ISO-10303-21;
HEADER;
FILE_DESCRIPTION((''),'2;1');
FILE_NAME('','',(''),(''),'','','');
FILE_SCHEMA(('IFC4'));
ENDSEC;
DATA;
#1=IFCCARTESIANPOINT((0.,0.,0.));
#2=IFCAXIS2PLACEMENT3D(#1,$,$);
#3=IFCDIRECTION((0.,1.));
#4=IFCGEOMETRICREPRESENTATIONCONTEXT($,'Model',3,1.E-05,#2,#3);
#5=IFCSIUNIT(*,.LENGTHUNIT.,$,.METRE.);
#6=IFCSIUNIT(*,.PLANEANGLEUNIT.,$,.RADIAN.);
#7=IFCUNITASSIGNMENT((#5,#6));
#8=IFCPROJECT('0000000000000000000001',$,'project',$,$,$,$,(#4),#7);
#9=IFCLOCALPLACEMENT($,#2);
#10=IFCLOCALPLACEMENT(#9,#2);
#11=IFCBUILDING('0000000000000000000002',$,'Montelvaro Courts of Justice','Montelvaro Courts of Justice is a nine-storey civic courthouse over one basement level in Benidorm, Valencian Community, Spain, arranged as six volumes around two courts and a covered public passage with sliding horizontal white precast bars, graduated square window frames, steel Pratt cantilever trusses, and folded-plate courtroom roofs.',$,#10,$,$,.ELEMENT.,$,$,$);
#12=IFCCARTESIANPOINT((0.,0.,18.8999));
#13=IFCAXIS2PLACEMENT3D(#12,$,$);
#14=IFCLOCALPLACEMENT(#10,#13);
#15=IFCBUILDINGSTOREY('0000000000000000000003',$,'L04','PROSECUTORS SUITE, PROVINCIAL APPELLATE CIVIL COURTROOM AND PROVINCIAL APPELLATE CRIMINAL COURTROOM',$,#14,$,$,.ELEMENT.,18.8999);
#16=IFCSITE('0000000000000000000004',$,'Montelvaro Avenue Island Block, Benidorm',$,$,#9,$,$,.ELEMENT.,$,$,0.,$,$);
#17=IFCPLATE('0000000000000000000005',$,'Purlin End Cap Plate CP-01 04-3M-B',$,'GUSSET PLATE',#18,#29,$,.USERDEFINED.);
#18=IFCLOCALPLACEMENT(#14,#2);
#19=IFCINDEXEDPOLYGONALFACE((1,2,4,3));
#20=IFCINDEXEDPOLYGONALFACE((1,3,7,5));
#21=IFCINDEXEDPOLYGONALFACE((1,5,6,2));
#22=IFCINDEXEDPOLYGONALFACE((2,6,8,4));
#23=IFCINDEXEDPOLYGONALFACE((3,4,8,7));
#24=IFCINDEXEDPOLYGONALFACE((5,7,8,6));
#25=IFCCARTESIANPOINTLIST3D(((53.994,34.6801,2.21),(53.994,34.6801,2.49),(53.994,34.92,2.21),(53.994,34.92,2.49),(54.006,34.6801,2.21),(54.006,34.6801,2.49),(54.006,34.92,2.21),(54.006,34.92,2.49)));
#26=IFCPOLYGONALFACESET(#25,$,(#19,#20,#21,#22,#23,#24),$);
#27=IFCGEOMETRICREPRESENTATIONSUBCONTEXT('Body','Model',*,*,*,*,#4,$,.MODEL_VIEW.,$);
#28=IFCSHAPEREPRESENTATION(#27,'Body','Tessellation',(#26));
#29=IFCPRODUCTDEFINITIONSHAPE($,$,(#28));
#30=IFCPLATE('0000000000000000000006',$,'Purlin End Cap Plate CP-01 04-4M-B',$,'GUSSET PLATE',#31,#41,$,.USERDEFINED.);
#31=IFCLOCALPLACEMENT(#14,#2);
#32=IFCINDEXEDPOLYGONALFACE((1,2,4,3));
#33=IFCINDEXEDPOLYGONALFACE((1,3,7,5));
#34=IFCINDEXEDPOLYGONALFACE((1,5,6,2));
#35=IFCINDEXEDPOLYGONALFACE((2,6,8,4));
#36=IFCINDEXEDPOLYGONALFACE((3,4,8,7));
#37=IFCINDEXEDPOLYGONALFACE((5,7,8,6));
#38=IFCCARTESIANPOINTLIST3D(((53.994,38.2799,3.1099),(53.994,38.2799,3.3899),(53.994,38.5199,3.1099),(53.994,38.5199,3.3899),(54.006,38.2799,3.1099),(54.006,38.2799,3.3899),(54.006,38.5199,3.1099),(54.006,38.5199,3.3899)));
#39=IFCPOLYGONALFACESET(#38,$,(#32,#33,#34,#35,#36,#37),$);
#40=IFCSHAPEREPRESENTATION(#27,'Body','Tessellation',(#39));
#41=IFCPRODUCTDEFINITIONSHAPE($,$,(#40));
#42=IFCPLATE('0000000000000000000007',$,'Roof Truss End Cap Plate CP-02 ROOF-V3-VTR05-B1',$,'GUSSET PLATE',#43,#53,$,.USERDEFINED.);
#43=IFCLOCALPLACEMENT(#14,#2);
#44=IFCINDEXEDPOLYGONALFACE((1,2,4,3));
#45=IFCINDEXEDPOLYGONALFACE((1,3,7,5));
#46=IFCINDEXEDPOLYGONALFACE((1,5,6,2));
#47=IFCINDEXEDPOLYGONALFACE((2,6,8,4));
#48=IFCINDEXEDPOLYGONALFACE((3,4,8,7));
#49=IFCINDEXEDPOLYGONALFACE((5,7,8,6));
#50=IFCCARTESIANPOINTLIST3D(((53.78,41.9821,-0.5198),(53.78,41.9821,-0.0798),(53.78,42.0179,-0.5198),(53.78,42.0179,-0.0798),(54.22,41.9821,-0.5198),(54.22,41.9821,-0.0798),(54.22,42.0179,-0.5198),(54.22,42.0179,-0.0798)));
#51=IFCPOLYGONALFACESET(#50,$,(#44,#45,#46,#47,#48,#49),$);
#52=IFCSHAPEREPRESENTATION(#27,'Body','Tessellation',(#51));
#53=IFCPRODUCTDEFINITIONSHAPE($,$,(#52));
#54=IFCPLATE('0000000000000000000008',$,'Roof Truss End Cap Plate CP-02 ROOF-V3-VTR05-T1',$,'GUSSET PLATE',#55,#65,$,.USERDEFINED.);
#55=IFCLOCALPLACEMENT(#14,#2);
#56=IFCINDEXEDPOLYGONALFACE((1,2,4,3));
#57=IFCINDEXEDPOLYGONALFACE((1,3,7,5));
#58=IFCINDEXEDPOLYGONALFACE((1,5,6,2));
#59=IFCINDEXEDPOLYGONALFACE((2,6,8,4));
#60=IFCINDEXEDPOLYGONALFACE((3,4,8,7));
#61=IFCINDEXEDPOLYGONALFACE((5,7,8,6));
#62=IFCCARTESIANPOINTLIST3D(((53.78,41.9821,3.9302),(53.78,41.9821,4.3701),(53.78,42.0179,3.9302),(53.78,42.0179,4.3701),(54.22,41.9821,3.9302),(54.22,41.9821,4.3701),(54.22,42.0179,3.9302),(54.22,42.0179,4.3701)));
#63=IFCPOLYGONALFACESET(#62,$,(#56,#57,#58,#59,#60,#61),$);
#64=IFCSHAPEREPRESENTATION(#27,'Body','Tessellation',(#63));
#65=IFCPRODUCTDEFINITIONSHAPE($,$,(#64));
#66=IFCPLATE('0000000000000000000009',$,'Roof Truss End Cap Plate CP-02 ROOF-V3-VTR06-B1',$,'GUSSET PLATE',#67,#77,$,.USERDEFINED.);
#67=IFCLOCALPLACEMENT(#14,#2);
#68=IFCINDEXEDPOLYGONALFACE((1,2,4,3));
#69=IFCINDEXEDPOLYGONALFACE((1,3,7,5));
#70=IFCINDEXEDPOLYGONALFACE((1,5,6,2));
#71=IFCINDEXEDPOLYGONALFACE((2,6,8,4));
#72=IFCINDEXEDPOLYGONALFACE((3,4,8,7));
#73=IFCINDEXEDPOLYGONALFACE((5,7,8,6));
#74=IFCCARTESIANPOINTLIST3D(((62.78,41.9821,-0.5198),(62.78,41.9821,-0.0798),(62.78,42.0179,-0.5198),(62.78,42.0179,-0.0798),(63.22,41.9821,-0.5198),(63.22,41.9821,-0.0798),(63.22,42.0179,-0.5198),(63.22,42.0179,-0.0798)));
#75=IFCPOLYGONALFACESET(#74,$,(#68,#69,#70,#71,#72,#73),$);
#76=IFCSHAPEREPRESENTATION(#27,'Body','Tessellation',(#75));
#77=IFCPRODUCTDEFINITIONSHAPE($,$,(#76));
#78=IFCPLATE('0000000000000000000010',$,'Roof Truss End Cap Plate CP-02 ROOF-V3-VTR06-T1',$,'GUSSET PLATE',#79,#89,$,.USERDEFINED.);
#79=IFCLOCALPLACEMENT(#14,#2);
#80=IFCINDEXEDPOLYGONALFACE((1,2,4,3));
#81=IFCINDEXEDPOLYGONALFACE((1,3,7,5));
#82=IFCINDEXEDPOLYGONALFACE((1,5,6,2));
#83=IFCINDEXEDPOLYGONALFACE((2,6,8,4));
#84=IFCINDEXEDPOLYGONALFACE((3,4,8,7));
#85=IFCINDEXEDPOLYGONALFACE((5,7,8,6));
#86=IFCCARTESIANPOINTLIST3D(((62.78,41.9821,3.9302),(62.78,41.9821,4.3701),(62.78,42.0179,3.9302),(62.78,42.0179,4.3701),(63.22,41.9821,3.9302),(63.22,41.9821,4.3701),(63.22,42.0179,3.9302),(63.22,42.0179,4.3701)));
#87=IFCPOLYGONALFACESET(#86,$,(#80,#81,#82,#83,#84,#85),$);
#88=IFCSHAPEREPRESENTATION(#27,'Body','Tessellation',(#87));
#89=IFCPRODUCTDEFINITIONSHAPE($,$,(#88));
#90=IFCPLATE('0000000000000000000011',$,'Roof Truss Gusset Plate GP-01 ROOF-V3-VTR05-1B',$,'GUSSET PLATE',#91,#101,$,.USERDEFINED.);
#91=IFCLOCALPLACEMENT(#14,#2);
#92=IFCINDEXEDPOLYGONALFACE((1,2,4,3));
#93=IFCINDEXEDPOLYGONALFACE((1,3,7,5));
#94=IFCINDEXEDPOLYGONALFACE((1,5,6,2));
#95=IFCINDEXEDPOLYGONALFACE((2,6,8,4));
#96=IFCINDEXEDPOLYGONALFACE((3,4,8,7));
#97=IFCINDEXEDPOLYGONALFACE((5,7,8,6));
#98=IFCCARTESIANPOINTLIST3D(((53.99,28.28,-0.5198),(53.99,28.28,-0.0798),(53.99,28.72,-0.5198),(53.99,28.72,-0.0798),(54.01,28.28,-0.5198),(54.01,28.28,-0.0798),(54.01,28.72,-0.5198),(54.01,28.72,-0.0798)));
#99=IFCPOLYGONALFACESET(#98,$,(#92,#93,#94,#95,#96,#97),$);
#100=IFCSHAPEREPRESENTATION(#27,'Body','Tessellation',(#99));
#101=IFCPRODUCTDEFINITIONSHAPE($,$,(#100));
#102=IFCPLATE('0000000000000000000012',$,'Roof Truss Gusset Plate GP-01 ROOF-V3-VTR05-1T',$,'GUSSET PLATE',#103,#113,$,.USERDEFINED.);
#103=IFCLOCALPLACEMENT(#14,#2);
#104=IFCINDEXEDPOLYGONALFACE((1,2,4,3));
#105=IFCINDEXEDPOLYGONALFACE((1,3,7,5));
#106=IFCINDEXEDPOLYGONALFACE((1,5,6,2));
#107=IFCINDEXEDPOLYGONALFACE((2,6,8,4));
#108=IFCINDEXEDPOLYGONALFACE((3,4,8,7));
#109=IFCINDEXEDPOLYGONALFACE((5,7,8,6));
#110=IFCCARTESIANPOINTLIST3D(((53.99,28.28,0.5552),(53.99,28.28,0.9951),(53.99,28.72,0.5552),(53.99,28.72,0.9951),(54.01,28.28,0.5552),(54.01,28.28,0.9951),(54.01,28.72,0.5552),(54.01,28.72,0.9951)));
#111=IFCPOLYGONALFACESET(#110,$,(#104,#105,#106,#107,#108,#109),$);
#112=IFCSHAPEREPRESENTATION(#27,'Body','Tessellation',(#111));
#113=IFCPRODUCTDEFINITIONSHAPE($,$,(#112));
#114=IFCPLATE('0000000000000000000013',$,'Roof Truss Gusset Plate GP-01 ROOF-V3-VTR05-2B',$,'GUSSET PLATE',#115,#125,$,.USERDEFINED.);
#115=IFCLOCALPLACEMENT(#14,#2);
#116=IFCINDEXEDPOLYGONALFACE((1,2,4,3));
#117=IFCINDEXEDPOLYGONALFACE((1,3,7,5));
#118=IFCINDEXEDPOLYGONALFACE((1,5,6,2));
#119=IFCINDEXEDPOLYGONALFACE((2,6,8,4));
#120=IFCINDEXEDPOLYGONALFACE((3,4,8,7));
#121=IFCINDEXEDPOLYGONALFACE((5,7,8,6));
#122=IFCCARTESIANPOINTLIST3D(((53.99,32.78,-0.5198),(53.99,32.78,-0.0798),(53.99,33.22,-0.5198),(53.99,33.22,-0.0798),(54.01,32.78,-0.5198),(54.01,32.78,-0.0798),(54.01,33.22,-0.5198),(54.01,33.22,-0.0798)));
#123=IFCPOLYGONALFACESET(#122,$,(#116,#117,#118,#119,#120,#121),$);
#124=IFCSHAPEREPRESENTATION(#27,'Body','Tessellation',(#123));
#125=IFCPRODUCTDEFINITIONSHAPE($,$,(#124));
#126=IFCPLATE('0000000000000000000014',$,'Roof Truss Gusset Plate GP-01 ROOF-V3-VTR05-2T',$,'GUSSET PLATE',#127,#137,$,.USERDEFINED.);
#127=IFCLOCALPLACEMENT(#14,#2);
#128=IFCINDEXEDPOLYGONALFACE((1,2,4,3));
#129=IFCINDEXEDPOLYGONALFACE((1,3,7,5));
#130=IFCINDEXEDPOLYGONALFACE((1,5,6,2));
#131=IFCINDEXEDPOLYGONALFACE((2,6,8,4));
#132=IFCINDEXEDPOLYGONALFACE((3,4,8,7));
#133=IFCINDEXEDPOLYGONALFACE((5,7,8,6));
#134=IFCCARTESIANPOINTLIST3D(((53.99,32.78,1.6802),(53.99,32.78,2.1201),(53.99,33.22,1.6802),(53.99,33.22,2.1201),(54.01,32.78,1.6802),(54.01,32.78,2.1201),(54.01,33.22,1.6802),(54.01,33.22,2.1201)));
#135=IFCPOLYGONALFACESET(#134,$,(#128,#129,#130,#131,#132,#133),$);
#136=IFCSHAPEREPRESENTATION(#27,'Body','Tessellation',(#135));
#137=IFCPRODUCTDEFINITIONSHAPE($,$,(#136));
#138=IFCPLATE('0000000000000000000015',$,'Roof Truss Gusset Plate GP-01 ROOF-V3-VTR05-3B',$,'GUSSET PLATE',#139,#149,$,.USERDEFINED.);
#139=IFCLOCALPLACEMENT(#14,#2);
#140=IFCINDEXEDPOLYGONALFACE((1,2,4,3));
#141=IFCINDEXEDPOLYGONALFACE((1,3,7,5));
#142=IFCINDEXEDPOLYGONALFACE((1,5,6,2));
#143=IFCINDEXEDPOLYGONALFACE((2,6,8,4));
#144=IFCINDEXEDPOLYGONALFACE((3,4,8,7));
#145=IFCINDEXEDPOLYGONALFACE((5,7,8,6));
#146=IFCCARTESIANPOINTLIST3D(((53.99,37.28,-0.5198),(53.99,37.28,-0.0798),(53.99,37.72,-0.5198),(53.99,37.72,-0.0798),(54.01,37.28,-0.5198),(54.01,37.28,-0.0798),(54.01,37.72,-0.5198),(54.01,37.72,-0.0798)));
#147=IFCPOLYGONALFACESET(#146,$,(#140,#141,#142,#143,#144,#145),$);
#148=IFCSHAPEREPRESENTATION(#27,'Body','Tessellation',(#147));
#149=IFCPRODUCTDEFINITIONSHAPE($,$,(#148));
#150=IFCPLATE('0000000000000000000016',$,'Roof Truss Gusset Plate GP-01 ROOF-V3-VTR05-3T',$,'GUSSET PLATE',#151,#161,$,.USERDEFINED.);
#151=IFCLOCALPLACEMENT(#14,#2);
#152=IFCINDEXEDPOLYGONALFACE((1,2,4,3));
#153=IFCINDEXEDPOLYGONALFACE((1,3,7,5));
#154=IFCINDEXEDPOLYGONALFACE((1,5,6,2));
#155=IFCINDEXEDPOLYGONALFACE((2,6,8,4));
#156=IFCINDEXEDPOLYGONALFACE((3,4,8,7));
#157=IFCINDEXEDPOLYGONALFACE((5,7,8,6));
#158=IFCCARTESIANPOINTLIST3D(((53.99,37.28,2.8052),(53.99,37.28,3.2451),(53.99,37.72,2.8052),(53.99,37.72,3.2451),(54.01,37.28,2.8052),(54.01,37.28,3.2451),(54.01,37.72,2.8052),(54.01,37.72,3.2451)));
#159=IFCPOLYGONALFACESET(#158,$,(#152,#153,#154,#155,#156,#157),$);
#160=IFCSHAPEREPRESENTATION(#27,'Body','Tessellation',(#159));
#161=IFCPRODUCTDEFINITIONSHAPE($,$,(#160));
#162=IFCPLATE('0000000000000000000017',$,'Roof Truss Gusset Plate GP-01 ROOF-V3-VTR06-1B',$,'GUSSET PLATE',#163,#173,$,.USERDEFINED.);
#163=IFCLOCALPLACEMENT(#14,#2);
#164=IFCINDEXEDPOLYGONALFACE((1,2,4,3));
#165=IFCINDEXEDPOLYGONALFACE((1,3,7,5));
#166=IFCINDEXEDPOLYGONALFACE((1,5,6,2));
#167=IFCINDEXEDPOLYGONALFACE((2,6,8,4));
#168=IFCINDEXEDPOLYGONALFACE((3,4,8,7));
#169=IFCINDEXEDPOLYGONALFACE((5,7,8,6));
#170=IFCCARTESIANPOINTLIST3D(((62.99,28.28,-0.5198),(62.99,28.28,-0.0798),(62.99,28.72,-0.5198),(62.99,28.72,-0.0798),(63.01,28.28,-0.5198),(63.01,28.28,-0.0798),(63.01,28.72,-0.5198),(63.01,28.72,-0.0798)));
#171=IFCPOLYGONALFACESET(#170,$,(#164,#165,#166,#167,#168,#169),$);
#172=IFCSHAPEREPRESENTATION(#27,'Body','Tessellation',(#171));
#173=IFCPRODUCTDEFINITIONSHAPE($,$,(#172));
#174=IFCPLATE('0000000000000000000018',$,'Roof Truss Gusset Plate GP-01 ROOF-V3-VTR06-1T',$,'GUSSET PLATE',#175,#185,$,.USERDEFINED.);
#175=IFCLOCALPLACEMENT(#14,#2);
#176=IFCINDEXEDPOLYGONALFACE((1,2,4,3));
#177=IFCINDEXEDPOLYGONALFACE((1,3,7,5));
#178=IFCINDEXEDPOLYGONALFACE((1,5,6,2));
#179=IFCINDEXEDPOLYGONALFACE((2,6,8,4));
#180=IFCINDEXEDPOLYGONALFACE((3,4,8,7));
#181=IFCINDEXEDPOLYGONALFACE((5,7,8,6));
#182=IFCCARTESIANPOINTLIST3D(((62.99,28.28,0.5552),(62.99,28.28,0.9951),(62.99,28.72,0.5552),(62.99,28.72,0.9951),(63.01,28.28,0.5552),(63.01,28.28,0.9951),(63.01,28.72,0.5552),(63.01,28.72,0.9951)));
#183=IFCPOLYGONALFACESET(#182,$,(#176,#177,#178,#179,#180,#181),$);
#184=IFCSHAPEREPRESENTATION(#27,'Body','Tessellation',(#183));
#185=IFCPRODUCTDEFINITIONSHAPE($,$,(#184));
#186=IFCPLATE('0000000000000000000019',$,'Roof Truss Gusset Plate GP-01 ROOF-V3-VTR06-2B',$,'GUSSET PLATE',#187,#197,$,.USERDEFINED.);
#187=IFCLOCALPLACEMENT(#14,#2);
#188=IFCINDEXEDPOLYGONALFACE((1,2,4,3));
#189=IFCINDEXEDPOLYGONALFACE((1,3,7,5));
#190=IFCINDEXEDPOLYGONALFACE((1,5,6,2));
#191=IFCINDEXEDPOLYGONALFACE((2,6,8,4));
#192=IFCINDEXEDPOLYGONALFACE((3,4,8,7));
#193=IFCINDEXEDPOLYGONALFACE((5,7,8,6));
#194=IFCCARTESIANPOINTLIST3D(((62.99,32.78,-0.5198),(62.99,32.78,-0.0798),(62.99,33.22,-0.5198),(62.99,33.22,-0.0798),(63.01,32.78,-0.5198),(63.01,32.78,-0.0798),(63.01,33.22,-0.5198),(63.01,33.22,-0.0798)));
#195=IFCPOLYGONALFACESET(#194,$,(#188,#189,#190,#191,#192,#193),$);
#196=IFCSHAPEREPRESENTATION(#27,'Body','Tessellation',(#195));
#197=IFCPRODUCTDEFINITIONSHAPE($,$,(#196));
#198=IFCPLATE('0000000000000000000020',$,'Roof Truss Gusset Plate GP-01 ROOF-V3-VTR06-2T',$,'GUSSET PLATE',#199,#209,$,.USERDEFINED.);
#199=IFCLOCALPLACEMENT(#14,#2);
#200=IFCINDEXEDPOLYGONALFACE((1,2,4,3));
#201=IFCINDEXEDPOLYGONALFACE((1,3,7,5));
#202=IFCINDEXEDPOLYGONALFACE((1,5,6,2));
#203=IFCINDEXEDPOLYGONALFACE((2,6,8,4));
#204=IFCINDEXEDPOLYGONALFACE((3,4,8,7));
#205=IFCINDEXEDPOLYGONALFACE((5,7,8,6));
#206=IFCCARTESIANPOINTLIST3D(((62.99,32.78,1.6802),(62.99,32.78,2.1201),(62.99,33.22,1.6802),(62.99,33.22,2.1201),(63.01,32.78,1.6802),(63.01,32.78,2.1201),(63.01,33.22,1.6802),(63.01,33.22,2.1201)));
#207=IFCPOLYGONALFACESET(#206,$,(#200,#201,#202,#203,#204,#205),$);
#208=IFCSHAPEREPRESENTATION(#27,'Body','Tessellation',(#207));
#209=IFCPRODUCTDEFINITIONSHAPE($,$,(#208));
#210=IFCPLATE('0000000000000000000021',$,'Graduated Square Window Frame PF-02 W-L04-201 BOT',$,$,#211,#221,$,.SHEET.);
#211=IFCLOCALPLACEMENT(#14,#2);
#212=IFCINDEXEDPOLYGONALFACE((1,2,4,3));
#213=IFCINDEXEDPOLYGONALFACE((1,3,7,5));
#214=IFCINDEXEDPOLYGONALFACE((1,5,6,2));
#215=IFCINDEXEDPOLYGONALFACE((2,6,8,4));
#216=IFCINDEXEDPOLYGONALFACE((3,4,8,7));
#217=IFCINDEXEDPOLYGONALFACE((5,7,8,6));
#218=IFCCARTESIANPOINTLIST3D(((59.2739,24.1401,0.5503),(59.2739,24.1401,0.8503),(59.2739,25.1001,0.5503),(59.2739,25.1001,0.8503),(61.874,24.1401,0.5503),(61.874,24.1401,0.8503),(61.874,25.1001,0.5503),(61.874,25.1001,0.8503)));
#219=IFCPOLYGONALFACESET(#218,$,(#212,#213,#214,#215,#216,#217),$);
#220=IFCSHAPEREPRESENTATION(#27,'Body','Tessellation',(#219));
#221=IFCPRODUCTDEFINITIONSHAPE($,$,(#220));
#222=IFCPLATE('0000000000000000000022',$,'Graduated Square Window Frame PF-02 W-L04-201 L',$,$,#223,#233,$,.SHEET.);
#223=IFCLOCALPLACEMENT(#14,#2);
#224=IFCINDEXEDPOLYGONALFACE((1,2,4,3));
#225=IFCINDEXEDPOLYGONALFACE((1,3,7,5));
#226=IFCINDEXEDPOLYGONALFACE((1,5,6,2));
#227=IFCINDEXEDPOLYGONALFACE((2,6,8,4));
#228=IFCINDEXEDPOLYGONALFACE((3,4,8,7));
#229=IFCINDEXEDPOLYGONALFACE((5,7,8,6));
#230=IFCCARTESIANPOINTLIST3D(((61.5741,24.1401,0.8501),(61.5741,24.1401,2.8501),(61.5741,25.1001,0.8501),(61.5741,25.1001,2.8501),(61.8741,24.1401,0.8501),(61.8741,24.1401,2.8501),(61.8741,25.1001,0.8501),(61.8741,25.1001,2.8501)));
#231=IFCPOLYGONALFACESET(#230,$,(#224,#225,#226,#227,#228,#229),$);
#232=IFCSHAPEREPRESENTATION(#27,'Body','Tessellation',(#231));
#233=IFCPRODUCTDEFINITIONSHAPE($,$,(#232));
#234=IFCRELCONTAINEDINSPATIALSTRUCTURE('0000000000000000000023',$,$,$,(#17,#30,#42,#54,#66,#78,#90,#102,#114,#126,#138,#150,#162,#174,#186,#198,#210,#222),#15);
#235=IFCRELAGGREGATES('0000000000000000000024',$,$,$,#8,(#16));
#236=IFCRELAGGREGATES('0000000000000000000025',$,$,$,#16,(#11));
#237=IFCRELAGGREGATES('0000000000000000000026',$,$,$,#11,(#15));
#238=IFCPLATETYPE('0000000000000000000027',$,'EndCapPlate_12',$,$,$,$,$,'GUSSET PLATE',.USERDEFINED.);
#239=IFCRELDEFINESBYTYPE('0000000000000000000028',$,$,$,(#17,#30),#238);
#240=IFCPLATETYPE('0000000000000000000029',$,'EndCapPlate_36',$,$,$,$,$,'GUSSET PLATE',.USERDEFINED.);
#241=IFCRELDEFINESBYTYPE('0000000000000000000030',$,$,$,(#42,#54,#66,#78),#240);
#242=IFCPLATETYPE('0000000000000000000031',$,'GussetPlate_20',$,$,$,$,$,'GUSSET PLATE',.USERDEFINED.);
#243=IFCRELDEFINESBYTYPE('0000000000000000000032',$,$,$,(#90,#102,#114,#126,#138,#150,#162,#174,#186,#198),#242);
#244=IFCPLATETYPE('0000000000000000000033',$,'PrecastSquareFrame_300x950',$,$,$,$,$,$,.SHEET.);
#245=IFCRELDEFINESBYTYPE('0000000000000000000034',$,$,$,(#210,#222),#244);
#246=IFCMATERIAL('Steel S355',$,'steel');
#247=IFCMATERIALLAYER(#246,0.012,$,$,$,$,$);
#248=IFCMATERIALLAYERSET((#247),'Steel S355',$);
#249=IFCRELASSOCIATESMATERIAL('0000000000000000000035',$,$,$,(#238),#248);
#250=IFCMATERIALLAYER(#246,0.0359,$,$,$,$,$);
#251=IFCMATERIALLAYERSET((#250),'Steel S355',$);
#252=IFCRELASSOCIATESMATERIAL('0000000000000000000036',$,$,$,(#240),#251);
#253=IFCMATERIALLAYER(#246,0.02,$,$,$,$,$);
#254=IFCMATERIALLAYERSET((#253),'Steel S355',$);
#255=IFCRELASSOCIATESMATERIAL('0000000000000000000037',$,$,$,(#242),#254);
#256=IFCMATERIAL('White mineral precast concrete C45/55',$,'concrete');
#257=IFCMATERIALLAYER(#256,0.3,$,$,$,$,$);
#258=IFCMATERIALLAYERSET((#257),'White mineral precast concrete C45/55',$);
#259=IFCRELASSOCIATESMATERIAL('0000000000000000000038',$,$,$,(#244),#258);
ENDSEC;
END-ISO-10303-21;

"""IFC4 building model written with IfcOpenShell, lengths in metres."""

from ifc_helpers import new_model, si_unit, direction, frame, origin, origin_2d, place, context, subcontext, project, spatial, rectangle, extrude, material, layer, layer_set, type_object, element, save


model = new_model("IFC4")

# Units and contexts
model_context = context("Model", 3, precision=1e-05, world=origin(), true_north=direction((0.0, 1.0)))
body_context = subcontext(model_context, "Body", "Model", "MODEL_VIEW")
ifc_project = project(units=[si_unit("LENGTHUNIT", "METRE"), si_unit("PLANEANGLEUNIT", "RADIAN")], contexts=[model_context])

# Site, building, storey
site_placement = place(None, origin())
site = spatial("IfcSite", under=ifc_project, at=site_placement, Name="Montelvaro Avenue Island Block, Benidorm", CompositionType="ELEMENT", RefElevation=0.0)
building_placement = place(site_placement, origin())
building = spatial("IfcBuilding", under=site, at=building_placement, Name="Montelvaro Courts of Justice", Description="Montelvaro Courts of Justice is a nine-storey civic courthouse over one basement level in Benidorm, Valencian Community, Spain, arranged as six volumes around two courts and a covered public passage with sliding horizontal white precast bars, graduated square window frames, steel Pratt cantilever trusses, and folded-plate courtroom roofs.", CompositionType="ELEMENT")
storey_placement = place(building_placement, frame((0.0, 0.0, 18.8999)))
storey = spatial("IfcBuildingStorey", under=building, at=storey_placement, Name="L04", Description="PROSECUTORS SUITE, PROVINCIAL APPELLATE CIVIL COURTROOM AND PROVINCIAL APPELLATE CRIMINAL COURTROOM", CompositionType="ELEMENT", Elevation=18.8999)

# Shared definitions
ifc_material_1 = material(Name="Steel S355", Category="steel")

# Plates
ifc_layer_1 = layer(ifc_material_1, 0.012)
ifc_layer_set_1 = layer_set([ifc_layer_1], Name="Steel S355")
plate_type_1 = type_object("IfcPlateType", Name="EndCapPlate_12", ElementType="GUSSET PLATE", PredefinedType="USERDEFINED", material=ifc_layer_set_1)
for number, where, z_axis, x_axis, name in (
    (1, (54.0, 34.8, 2.21), (0.0, 0.0, 1.0), (1.0, 0.0, 0.0), "Purlin End Cap Plate CP-01 04-3M-B"),
    (2, (54.0, 38.3999, 3.1099), (0.0, 0.0, 1.0), (1.0, 0.0, 0.0), "Purlin End Cap Plate CP-01 04-4M-B"),
):
    element("IfcPlate", number, at=place(storey_placement, frame(where, z_axis=z_axis, x_axis=x_axis)), inside=storey, type_object=plate_type_1, Name=name, ObjectType="GUSSET PLATE", PredefinedType="USERDEFINED", context=body_context, shape_type="SweptSolid", body=[
        extrude(rectangle(XDim=0.012, YDim=0.24, at=origin_2d()), origin(), (0.0, 0.0, 1.0), 0.28),
    ])
ifc_layer_2 = layer(ifc_material_1, 0.0359)
ifc_layer_set_2 = layer_set([ifc_layer_2], Name="Steel S355")
plate_type_2 = type_object("IfcPlateType", Name="EndCapPlate_36", ElementType="GUSSET PLATE", PredefinedType="USERDEFINED", material=ifc_layer_set_2)
for number, where, z_axis, x_axis, name in (
    (3, (54.0, 42.0, -0.5198), (0.0, 0.0, 1.0), (1.0, 0.0, 0.0), "Roof Truss End Cap Plate CP-02 ROOF-V3-VTR05-B1"),
    (4, (54.0, 42.0, 3.9302), (0.0, 0.0, 1.0), (1.0, 0.0, 0.0), "Roof Truss End Cap Plate CP-02 ROOF-V3-VTR05-T1"),
    (5, (63.0, 42.0, -0.5198), (0.0, 0.0, 1.0), (1.0, 0.0, 0.0), "Roof Truss End Cap Plate CP-02 ROOF-V3-VTR06-B1"),
    (6, (63.0, 42.0, 3.9302), (0.0, 0.0, 1.0), (1.0, 0.0, 0.0), "Roof Truss End Cap Plate CP-02 ROOF-V3-VTR06-T1"),
):
    element("IfcPlate", number, at=place(storey_placement, frame(where, z_axis=z_axis, x_axis=x_axis)), inside=storey, type_object=plate_type_2, Name=name, ObjectType="GUSSET PLATE", PredefinedType="USERDEFINED", context=body_context, shape_type="SweptSolid", body=[
        extrude(rectangle(XDim=0.4399, YDim=0.0359, at=origin_2d()), origin(), (0.0, 0.0, 1.0), 0.4399),
    ])
ifc_layer_3 = layer(ifc_material_1, 0.02)
ifc_layer_set_3 = layer_set([ifc_layer_3], Name="Steel S355")
plate_type_3 = type_object("IfcPlateType", Name="GussetPlate_20", ElementType="GUSSET PLATE", PredefinedType="USERDEFINED", material=ifc_layer_set_3)
for number, where, z_axis, x_axis, name in (
    (7, (54.0, 28.5, -0.5198), (0.0, 0.0, 1.0), (1.0, 0.0, 0.0), "Roof Truss Gusset Plate GP-01 ROOF-V3-VTR05-1B"),
    (8, (54.0, 28.5, 0.5552), (0.0, 0.0, 1.0), (1.0, 0.0, 0.0), "Roof Truss Gusset Plate GP-01 ROOF-V3-VTR05-1T"),
    (9, (54.0, 33.0, -0.5198), (0.0, 0.0, 1.0), (1.0, 0.0, 0.0), "Roof Truss Gusset Plate GP-01 ROOF-V3-VTR05-2B"),
    (10, (54.0, 33.0, 1.6802), (0.0, 0.0, 1.0), (1.0, 0.0, 0.0), "Roof Truss Gusset Plate GP-01 ROOF-V3-VTR05-2T"),
    (11, (54.0, 37.5, -0.5198), (0.0, 0.0, 1.0), (1.0, 0.0, 0.0), "Roof Truss Gusset Plate GP-01 ROOF-V3-VTR05-3B"),
    (12, (54.0, 37.5, 2.8052), (0.0, 0.0, 1.0), (1.0, 0.0, 0.0), "Roof Truss Gusset Plate GP-01 ROOF-V3-VTR05-3T"),
    (13, (63.0, 28.5, -0.5198), (0.0, 0.0, 1.0), (1.0, 0.0, 0.0), "Roof Truss Gusset Plate GP-01 ROOF-V3-VTR06-1B"),
    (14, (63.0, 28.5, 0.5552), (0.0, 0.0, 1.0), (1.0, 0.0, 0.0), "Roof Truss Gusset Plate GP-01 ROOF-V3-VTR06-1T"),
    (15, (63.0, 33.0, -0.5198), (0.0, 0.0, 1.0), (1.0, 0.0, 0.0), "Roof Truss Gusset Plate GP-01 ROOF-V3-VTR06-2B"),
    (16, (63.0, 33.0, 1.6802), (0.0, 0.0, 1.0), (1.0, 0.0, 0.0), "Roof Truss Gusset Plate GP-01 ROOF-V3-VTR06-2T"),
):
    element("IfcPlate", number, at=place(storey_placement, frame(where, z_axis=z_axis, x_axis=x_axis)), inside=storey, type_object=plate_type_3, Name=name, ObjectType="GUSSET PLATE", PredefinedType="USERDEFINED", context=body_context, shape_type="SweptSolid", body=[
        extrude(rectangle(XDim=0.02, YDim=0.4399, at=origin_2d()), origin(), (0.0, 0.0, 1.0), 0.4399),
    ])
ifc_material_2 = material(Name="White mineral precast concrete C45/55", Category="concrete")
ifc_layer_4 = layer(ifc_material_2, 0.3)
ifc_layer_set_4 = layer_set([ifc_layer_4], Name="White mineral precast concrete C45/55")
plate_type_4 = type_object("IfcPlateType", Name="PrecastSquareFrame_300x950", PredefinedType="SHEET", material=ifc_layer_set_4)
plate_1_placement = place(storey_placement, frame((60.574, 24.6201, 0.5503), z_axis=(0.0, 0.0, 1.0), x_axis=(-1.0, 0.0, 0.0)))
element("IfcPlate", 17, at=plate_1_placement, inside=storey, type_object=plate_type_4, Name="Graduated Square Window Frame PF-02 W-L04-201 BOT", PredefinedType="SHEET", context=body_context, shape_type="SweptSolid", body=[
    extrude(rectangle(XDim=2.6001, YDim=0.96, at=origin_2d()), origin(), (0.0, 0.0, 1.0), 0.3),
])
plate_2_placement = place(storey_placement, frame((61.7241, 24.6201, 0.8501), z_axis=(0.0, 0.0, 1.0), x_axis=(-1.0, 0.0, 0.0)))
element("IfcPlate", 18, at=plate_2_placement, inside=storey, type_object=plate_type_4, Name="Graduated Square Window Frame PF-02 W-L04-201 L", PredefinedType="SHEET", context=body_context, shape_type="SweptSolid", body=[
    extrude(rectangle(XDim=0.3, YDim=0.96, at=origin_2d()), origin(), (0.0, 0.0, 1.0), 2.0),
])

save(model, "model.ifc")
